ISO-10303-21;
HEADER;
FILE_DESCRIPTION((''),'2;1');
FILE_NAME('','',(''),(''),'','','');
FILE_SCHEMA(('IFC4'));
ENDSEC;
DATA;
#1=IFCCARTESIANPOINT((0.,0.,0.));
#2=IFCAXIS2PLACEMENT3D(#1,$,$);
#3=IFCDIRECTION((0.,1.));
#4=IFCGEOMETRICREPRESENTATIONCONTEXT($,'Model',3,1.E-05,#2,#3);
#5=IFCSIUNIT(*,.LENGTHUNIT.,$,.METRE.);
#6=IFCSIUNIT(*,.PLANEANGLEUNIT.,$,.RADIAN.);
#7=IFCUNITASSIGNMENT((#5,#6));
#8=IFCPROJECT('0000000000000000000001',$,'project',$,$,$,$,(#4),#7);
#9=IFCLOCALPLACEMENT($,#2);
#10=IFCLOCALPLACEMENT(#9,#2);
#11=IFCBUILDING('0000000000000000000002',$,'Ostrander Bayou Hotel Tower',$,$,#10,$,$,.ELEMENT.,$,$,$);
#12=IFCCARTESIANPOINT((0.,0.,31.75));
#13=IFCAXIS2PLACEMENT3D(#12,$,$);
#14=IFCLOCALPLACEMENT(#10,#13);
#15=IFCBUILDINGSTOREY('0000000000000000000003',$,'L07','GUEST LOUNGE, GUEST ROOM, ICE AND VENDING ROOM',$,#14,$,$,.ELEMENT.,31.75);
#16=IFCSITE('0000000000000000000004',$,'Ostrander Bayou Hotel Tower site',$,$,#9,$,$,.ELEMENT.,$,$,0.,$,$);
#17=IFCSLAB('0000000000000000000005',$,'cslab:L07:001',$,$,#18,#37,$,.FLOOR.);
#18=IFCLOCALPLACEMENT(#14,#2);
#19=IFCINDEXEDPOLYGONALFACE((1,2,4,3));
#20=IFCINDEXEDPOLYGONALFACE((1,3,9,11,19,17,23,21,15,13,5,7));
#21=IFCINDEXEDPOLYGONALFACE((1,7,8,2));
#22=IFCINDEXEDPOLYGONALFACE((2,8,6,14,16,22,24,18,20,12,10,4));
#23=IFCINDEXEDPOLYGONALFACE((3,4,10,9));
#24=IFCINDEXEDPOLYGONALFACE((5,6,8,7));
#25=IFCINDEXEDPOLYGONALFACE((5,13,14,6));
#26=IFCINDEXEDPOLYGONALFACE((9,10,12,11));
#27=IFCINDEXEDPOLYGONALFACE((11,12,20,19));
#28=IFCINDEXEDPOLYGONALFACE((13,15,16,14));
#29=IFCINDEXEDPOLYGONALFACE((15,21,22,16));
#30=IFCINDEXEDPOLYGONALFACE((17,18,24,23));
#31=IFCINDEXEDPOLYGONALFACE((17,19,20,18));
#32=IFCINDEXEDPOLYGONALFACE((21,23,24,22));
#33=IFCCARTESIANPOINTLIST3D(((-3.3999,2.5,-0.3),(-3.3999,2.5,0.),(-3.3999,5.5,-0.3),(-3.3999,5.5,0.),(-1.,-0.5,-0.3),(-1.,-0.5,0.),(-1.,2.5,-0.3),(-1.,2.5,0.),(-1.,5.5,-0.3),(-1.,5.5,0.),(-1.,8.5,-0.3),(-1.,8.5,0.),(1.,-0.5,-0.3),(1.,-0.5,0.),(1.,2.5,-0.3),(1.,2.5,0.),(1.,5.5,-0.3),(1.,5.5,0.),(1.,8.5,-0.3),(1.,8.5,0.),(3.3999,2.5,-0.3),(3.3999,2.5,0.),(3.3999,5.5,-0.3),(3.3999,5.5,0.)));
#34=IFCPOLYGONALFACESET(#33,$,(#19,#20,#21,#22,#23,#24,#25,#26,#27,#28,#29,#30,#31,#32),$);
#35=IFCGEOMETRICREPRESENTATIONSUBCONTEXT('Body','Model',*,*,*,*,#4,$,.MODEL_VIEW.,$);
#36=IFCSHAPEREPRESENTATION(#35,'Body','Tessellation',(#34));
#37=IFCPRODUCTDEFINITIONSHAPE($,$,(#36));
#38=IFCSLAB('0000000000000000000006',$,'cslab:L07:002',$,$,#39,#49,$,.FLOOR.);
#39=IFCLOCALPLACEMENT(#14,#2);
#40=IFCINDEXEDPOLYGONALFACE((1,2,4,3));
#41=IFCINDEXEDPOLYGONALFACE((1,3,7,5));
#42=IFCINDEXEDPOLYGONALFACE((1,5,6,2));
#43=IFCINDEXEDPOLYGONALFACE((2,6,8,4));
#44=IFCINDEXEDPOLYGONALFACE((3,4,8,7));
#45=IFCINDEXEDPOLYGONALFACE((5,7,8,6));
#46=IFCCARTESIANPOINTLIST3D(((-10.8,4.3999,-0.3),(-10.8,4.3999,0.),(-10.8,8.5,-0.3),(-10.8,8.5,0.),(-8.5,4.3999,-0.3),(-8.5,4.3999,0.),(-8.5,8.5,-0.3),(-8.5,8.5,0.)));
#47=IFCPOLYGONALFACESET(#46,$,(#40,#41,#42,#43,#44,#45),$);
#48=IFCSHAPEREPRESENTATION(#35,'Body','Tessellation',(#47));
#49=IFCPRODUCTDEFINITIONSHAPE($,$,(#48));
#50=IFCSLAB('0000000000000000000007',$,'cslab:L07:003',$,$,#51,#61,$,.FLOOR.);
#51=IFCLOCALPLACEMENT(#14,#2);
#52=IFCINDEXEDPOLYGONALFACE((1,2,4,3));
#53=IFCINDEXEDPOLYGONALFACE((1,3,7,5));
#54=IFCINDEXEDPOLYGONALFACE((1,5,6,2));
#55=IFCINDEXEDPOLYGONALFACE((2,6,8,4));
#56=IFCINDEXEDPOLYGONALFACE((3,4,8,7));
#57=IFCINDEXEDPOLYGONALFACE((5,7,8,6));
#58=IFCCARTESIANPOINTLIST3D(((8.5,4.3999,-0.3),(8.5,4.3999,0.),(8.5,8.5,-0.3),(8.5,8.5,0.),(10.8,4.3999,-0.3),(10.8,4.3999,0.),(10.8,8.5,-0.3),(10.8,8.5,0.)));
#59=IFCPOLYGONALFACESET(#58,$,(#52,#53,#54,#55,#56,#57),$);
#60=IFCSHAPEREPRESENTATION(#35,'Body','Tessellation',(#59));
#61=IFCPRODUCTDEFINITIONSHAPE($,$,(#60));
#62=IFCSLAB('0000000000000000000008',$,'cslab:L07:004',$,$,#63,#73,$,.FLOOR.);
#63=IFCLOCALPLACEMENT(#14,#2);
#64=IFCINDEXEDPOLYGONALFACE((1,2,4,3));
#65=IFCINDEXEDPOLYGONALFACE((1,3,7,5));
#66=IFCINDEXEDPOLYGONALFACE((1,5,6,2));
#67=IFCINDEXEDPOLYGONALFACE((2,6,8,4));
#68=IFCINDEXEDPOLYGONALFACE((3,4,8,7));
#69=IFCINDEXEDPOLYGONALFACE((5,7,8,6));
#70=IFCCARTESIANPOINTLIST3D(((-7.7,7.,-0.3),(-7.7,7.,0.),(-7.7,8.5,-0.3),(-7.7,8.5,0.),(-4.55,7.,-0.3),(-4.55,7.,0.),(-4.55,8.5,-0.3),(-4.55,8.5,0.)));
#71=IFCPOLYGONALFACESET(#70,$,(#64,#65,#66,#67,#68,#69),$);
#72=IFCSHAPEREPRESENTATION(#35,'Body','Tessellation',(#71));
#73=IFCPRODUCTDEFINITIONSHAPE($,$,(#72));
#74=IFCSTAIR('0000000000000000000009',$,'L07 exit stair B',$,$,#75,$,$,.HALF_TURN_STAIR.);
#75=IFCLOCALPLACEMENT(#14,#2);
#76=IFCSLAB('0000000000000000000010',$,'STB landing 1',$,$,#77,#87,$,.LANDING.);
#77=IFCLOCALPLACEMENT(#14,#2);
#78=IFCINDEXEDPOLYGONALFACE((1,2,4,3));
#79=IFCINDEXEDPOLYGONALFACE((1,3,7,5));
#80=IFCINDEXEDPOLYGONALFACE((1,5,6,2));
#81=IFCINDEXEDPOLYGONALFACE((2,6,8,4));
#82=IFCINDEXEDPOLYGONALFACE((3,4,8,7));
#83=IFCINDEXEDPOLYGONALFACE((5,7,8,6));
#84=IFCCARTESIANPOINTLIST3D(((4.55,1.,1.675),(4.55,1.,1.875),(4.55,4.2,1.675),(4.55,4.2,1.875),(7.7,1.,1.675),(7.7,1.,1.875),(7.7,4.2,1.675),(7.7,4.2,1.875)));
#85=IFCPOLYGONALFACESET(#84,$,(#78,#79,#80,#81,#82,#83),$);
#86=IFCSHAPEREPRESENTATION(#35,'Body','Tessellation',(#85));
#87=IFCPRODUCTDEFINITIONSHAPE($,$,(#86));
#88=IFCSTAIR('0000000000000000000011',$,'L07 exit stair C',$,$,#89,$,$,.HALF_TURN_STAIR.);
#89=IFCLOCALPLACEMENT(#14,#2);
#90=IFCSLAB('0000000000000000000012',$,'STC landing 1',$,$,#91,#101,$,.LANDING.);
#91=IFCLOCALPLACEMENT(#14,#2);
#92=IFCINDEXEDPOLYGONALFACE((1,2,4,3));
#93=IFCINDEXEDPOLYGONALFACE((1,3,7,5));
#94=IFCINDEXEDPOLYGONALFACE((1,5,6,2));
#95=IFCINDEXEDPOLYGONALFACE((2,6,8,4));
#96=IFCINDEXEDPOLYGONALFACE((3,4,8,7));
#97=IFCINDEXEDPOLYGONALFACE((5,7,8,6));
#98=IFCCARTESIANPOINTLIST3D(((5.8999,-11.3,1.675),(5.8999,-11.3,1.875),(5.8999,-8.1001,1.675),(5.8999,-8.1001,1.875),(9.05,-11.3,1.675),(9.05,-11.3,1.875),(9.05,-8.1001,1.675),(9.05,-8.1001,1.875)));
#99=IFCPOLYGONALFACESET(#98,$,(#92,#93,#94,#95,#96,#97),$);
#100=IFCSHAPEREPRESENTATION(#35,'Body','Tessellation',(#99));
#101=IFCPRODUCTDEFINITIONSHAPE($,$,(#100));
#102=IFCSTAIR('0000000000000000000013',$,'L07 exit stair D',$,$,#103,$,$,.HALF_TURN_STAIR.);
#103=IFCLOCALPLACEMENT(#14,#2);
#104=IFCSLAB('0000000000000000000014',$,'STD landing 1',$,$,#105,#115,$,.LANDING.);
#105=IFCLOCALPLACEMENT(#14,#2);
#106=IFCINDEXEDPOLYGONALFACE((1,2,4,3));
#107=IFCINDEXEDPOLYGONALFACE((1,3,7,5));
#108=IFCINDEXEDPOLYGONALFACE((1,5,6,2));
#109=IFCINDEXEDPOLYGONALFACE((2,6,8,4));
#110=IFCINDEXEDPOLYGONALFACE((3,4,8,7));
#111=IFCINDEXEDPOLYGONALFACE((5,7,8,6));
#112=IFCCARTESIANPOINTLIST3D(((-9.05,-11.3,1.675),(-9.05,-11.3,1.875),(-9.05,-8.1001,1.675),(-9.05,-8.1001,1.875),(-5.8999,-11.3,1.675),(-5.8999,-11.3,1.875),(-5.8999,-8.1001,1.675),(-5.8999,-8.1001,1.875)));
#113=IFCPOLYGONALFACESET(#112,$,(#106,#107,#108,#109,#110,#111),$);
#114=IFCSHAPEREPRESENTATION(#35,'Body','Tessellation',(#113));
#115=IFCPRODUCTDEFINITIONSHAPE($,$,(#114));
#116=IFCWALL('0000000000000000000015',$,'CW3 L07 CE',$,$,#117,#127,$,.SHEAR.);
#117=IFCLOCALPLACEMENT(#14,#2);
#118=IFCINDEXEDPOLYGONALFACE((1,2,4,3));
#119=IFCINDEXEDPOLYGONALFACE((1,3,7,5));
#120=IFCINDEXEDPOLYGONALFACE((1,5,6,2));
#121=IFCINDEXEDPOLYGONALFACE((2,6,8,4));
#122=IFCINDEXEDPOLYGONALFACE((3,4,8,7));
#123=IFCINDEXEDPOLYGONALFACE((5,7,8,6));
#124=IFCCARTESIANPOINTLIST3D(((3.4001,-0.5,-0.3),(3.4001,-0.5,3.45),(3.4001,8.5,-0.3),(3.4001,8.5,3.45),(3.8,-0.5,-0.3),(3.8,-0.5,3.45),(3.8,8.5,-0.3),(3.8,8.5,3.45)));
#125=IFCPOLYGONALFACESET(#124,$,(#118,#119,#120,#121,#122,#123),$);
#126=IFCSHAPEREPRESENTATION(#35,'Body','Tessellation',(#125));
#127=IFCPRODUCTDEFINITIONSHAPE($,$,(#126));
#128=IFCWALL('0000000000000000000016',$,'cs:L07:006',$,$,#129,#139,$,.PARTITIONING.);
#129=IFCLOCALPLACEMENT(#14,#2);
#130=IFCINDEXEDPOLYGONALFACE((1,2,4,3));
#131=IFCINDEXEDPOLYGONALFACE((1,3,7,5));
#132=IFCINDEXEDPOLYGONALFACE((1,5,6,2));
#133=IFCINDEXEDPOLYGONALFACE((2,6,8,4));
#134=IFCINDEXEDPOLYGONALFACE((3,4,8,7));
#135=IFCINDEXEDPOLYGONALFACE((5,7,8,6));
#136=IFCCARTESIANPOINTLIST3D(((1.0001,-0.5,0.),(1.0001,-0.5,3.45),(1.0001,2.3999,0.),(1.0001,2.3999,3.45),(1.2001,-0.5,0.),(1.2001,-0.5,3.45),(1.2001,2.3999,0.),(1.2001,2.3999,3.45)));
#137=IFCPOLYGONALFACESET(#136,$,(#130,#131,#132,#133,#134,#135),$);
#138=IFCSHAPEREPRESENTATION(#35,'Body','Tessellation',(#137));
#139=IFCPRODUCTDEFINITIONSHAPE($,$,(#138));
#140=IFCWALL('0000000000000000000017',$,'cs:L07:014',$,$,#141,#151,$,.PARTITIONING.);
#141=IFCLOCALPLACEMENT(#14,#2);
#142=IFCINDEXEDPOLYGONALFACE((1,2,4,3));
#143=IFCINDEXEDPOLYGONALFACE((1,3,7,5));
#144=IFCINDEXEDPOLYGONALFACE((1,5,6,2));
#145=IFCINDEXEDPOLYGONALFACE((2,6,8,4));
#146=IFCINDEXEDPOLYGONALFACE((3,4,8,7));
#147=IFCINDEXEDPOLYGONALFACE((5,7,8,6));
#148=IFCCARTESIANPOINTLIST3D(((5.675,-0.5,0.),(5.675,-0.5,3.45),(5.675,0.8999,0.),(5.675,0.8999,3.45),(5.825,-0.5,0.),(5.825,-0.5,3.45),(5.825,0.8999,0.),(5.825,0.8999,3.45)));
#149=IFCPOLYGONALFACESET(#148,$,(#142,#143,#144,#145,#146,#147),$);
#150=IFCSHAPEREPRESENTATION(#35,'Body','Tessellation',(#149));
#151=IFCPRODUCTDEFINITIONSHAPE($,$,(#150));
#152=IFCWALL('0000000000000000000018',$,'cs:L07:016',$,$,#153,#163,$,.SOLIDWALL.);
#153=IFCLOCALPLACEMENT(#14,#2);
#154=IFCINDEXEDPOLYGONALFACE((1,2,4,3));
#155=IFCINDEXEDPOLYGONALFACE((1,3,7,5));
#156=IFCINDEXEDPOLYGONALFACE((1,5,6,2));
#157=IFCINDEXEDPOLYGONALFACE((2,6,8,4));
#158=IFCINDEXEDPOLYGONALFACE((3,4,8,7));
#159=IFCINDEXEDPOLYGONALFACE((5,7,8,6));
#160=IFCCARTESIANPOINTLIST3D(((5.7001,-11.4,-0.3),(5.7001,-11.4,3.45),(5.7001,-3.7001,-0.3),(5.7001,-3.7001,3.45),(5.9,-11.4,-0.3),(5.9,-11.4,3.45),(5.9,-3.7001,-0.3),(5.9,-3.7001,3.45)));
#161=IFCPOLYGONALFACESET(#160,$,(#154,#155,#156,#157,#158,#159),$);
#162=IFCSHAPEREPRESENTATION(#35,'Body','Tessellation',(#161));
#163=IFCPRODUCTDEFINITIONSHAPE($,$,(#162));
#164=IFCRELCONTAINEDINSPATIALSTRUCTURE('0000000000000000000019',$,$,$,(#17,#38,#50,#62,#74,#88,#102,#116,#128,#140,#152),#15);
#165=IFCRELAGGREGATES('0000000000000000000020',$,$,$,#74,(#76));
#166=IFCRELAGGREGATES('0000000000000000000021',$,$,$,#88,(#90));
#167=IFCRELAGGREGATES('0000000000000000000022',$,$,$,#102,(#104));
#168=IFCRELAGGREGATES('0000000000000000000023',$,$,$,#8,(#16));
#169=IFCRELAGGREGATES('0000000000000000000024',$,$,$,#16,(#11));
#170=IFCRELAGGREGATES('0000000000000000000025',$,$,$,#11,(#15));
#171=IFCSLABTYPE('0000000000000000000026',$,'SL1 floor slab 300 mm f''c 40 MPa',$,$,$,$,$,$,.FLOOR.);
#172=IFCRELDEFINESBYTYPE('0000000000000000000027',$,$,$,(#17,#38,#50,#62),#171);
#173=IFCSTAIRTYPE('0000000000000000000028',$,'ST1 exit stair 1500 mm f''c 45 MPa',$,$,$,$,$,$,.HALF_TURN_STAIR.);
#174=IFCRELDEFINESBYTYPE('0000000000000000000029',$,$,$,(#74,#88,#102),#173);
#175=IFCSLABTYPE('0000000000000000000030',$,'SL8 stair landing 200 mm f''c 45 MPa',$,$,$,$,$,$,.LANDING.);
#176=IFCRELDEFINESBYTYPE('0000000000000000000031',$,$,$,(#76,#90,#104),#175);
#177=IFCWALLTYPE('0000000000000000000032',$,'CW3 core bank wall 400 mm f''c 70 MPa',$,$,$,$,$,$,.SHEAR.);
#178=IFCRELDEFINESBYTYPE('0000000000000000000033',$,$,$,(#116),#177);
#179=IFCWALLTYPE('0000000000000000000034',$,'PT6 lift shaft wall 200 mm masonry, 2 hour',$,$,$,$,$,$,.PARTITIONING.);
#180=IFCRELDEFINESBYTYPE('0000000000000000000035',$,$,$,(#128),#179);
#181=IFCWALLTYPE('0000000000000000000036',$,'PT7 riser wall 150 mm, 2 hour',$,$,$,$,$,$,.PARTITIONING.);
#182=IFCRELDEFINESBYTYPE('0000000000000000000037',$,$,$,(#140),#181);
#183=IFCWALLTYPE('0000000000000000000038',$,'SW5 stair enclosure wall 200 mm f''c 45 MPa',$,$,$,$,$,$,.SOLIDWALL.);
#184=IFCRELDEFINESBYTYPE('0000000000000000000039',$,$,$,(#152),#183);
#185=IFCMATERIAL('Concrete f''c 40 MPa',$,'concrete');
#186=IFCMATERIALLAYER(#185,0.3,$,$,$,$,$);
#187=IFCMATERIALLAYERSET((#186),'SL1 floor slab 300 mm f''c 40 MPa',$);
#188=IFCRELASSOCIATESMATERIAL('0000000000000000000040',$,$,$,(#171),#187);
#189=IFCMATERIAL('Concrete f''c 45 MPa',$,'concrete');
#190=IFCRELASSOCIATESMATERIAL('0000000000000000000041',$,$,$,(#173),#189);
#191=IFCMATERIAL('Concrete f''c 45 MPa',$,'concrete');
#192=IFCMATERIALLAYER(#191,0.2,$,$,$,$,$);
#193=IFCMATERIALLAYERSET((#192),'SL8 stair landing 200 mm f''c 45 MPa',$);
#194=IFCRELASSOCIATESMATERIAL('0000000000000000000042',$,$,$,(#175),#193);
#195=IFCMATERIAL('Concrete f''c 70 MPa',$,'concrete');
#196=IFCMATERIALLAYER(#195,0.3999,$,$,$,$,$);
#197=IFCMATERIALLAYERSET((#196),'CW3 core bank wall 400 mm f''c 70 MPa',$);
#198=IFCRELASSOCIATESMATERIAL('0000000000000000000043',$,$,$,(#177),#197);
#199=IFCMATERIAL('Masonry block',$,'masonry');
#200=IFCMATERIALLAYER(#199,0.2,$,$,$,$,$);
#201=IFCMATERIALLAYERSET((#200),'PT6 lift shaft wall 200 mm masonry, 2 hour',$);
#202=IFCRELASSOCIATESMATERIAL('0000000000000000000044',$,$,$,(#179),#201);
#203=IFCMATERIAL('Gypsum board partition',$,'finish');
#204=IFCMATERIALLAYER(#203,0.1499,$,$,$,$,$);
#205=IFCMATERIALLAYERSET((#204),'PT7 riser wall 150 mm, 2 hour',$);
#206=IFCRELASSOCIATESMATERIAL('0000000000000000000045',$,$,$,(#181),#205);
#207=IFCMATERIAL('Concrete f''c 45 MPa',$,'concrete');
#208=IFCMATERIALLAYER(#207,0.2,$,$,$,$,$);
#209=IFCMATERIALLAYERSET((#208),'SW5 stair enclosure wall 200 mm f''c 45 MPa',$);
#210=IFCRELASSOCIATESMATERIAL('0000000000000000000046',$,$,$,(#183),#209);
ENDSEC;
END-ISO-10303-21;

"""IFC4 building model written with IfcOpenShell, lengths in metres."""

from ifc_helpers import new_model, si_unit, direction, frame, frame_2d, origin, place, context, subcontext, project, spatial, polyline, rectangle, outline, extrude, material, layer, layer_set, type_object, element, aggregate, save


model = new_model("IFC4")

# Units and contexts
model_context = context("Model", 3, precision=1e-05, world=origin(), true_north=direction((0.0, 1.0)))
body_context = subcontext(model_context, "Body", "Model", "MODEL_VIEW")
ifc_project = project(units=[si_unit("LENGTHUNIT", "METRE"), si_unit("PLANEANGLEUNIT", "RADIAN")], contexts=[model_context])

# Site, building, storey
site_placement = place(None, origin())
site = spatial("IfcSite", under=ifc_project, at=site_placement, Name="Ostrander Bayou Hotel Tower site", CompositionType="ELEMENT", RefElevation=0.0)
building_placement = place(site_placement, origin())
building = spatial("IfcBuilding", under=site, at=building_placement, Name="Ostrander Bayou Hotel Tower", CompositionType="ELEMENT")
storey_placement = place(building_placement, frame((0.0, 0.0, 31.75)))
storey = spatial("IfcBuildingStorey", under=building, at=storey_placement, Name="L07", Description="GUEST LOUNGE, GUEST ROOM, ICE AND VENDING ROOM", CompositionType="ELEMENT", Elevation=31.75)

# Slabs
ifc_material_1 = material(Name="Concrete f'c 40 MPa", Category="concrete")
ifc_layer_1 = layer(ifc_material_1, 0.3)
ifc_layer_set_1 = layer_set([ifc_layer_1], Name="SL1 floor slab 300 mm f'c 40 MPa")
slab_type_1 = type_object("IfcSlabType", Name="SL1 floor slab 300 mm f'c 40 MPa", PredefinedType="FLOOR", material=ifc_layer_set_1)
slab_1_placement = place(storey_placement, frame((0.0, 0.0, -0.3)))
element("IfcSlab", 1, at=slab_1_placement, inside=storey, type_object=slab_type_1, Name="cslab:L07:001", PredefinedType="FLOOR", context=body_context, shape_type="SweptSolid", body=[
    extrude(outline(polyline([(-3.3999, 5.5), (-1.0, 5.5), (-1.0, 8.5), (1.0, 8.5), (1.0, 5.5), (3.3999, 5.5), (3.3999, 2.5), (1.0, 2.5), (1.0, -0.5), (-1.0, -0.5), (-1.0, 2.5), (-3.3999, 2.5), (-3.3999, 5.5)])), origin(), (0.0, 0.0, 1.0), 0.3),
])
slab_2_placement = place(storey_placement, frame((0.0, 0.0, -0.3)))
element("IfcSlab", 2, at=slab_2_placement, inside=storey, type_object=slab_type_1, Name="cslab:L07:002", PredefinedType="FLOOR", context=body_context, shape_type="SweptSolid", body=[
    extrude(outline(polyline([(-8.5, 4.3999), (-8.5, 8.5), (-10.8, 8.5), (-10.8, 4.3999), (-8.5, 4.3999)])), origin(), (0.0, 0.0, 1.0), 0.3),
])
slab_3_placement = place(storey_placement, frame((0.0, 0.0, -0.3)))
element("IfcSlab", 3, at=slab_3_placement, inside=storey, type_object=slab_type_1, Name="cslab:L07:003", PredefinedType="FLOOR", context=body_context, shape_type="SweptSolid", body=[
    extrude(outline(polyline([(10.8, 4.3999), (10.8, 8.5), (8.5, 8.5), (8.5, 4.3999), (10.8, 4.3999)])), origin(), (0.0, 0.0, 1.0), 0.3),
])
slab_4_placement = place(storey_placement, frame((0.0, 0.0, -0.3)))
element("IfcSlab", 4, at=slab_4_placement, inside=storey, type_object=slab_type_1, Name="cslab:L07:004", PredefinedType="FLOOR", context=body_context, shape_type="SweptSolid", body=[
    extrude(outline(polyline([(-4.55, 7.0), (-4.55, 8.5), (-7.7, 8.5), (-7.7, 7.0), (-4.55, 7.0)])), origin(), (0.0, 0.0, 1.0), 0.3),
])

# Stairs, slabs
ifc_material_2 = material(Name="Concrete f'c 45 MPa", Category="concrete")
stair_type = type_object("IfcStairType", Name="ST1 exit stair 1500 mm f'c 45 MPa", PredefinedType="HALF_TURN_STAIR", material=ifc_material_2)
stair_1_placement = place(storey_placement, origin())
stair_1 = element("IfcStair", 5, at=stair_1_placement, inside=storey, type_object=stair_type, Name="L07 exit stair B", PredefinedType="HALF_TURN_STAIR")
ifc_material_3 = material(Name="Concrete f'c 45 MPa", Category="concrete")
ifc_layer_2 = layer(ifc_material_3, 0.2)
ifc_layer_set_2 = layer_set([ifc_layer_2], Name="SL8 stair landing 200 mm f'c 45 MPa")
slab_type_2 = type_object("IfcSlabType", Name="SL8 stair landing 200 mm f'c 45 MPa", PredefinedType="LANDING", material=ifc_layer_set_2)
slab_5_placement = place(storey_placement, frame((0.0, 0.0, 1.675)))
slab_5 = element("IfcSlab", 6, at=slab_5_placement, type_object=slab_type_2, Name="STB landing 1", PredefinedType="LANDING", context=body_context, shape_type="SweptSolid", body=[
    extrude(outline(polyline([(4.55, 4.2), (4.55, 1.0), (7.7, 1.0), (7.7, 4.2), (4.55, 4.2)])), origin(), (0.0, 0.0, 1.0), 0.2),
])
aggregate(stair_1, [slab_5])
stair_2_placement = place(storey_placement, origin())
stair_2 = element("IfcStair", 7, at=stair_2_placement, inside=storey, type_object=stair_type, Name="L07 exit stair C", PredefinedType="HALF_TURN_STAIR")
slab_6_placement = place(storey_placement, frame((0.0, 0.0, 1.675)))
slab_6 = element("IfcSlab", 8, at=slab_6_placement, type_object=slab_type_2, Name="STC landing 1", PredefinedType="LANDING", context=body_context, shape_type="SweptSolid", body=[
    extrude(outline(polyline([(5.8999, -8.1001), (5.8999, -11.3), (9.05, -11.3), (9.05, -8.1001), (5.8999, -8.1001)])), origin(), (0.0, 0.0, 1.0), 0.2),
])
aggregate(stair_2, [slab_6])
stair_3_placement = place(storey_placement, origin())
stair_3 = element("IfcStair", 9, at=stair_3_placement, inside=storey, type_object=stair_type, Name="L07 exit stair D", PredefinedType="HALF_TURN_STAIR")
slab_7_placement = place(storey_placement, frame((0.0, 0.0, 1.675)))
slab_7 = element("IfcSlab", 10, at=slab_7_placement, type_object=slab_type_2, Name="STD landing 1", PredefinedType="LANDING", context=body_context, shape_type="SweptSolid", body=[
    extrude(outline(polyline([(-9.05, -8.1001), (-9.05, -11.3), (-5.8999, -11.3), (-5.8999, -8.1001), (-9.05, -8.1001)])), origin(), (0.0, 0.0, 1.0), 0.2),
])
aggregate(stair_3, [slab_7])

# Walls
ifc_material_4 = material(Name="Concrete f'c 70 MPa", Category="concrete")
ifc_layer_3 = layer(ifc_material_4, 0.3999)
ifc_layer_set_3 = layer_set([ifc_layer_3], Name="CW3 core bank wall 400 mm f'c 70 MPa")
wall_type_1 = type_object("IfcWallType", Name="CW3 core bank wall 400 mm f'c 70 MPa", PredefinedType="SHEAR", material=ifc_layer_set_3)
wall_1_placement = place(storey_placement, frame((3.6001, -0.5, -0.3), z_axis=(0.0, 0.0, 1.0), x_axis=(0.0, 1.0, 0.0)))
element("IfcWall", 11, at=wall_1_placement, inside=storey, type_object=wall_type_1, Name="CW3 L07 CE", PredefinedType="SHEAR", context=body_context, shape_type="SweptSolid", body=[
    extrude(rectangle(XDim=9.0, YDim=0.3999, at=frame_2d((4.5, 0.0))), origin(), (0.0, 0.0, 1.0), 3.75),
])
ifc_material_5 = material(Name="Masonry block", Category="masonry")
ifc_layer_4 = layer(ifc_material_5, 0.2)
ifc_layer_set_4 = layer_set([ifc_layer_4], Name="PT6 lift shaft wall 200 mm masonry, 2 hour")
wall_type_2 = type_object("IfcWallType", Name="PT6 lift shaft wall 200 mm masonry, 2 hour", PredefinedType="PARTITIONING", material=ifc_layer_set_4)
wall_2_placement = place(storey_placement, frame((1.1001, -0.5, 0.0), z_axis=(0.0, 0.0, 1.0), x_axis=(0.0, 1.0, 0.0)))
element("IfcWall", 12, at=wall_2_placement, inside=storey, type_object=wall_type_2, Name="cs:L07:006", PredefinedType="PARTITIONING", context=body_context, shape_type="SweptSolid", body=[
    extrude(rectangle(XDim=2.8999, YDim=0.2, at=frame_2d((1.45, 0.0))), origin(), (0.0, 0.0, 1.0), 3.45),
])
ifc_material_6 = material(Name="Gypsum board partition", Category="finish")
ifc_layer_5 = layer(ifc_material_6, 0.1499)
ifc_layer_set_5 = layer_set([ifc_layer_5], Name="PT7 riser wall 150 mm, 2 hour")
wall_type_3 = type_object("IfcWallType", Name="PT7 riser wall 150 mm, 2 hour", PredefinedType="PARTITIONING", material=ifc_layer_set_5)
wall_3_placement = place(storey_placement, frame((5.75, -0.5, 0.0), z_axis=(0.0, 0.0, 1.0), x_axis=(0.0, 1.0, 0.0)))
element("IfcWall", 13, at=wall_3_placement, inside=storey, type_object=wall_type_3, Name="cs:L07:014", PredefinedType="PARTITIONING", context=body_context, shape_type="SweptSolid", body=[
    extrude(rectangle(XDim=1.3999, YDim=0.1499, at=frame_2d((0.7, 0.0))), origin(), (0.0, 0.0, 1.0), 3.45),
])

# Shared definitions
ifc_material_7 = material(Name="Concrete f'c 45 MPa", Category="concrete")
ifc_layer_6 = layer(ifc_material_7, 0.2)
ifc_layer_set_6 = layer_set([ifc_layer_6], Name="SW5 stair enclosure wall 200 mm f'c 45 MPa")
wall_type_4 = type_object("IfcWallType", Name="SW5 stair enclosure wall 200 mm f'c 45 MPa", PredefinedType="SOLIDWALL", material=ifc_layer_set_6)

# Wall
wall_4_placement = place(storey_placement, frame((5.8, -3.7, -0.3), z_axis=(0.0, 0.0, 1.0), x_axis=(0.0, -1.0, 0.0)))
element("IfcWall", 14, at=wall_4_placement, inside=storey, type_object=wall_type_4, Name="cs:L07:016", PredefinedType="SOLIDWALL", context=body_context, shape_type="SweptSolid", body=[
    extrude(rectangle(XDim=7.7, YDim=0.2, at=frame_2d((3.8501, 0.0))), origin(), (0.0, 0.0, 1.0), 3.75),
])

save(model, "model.ifc")
